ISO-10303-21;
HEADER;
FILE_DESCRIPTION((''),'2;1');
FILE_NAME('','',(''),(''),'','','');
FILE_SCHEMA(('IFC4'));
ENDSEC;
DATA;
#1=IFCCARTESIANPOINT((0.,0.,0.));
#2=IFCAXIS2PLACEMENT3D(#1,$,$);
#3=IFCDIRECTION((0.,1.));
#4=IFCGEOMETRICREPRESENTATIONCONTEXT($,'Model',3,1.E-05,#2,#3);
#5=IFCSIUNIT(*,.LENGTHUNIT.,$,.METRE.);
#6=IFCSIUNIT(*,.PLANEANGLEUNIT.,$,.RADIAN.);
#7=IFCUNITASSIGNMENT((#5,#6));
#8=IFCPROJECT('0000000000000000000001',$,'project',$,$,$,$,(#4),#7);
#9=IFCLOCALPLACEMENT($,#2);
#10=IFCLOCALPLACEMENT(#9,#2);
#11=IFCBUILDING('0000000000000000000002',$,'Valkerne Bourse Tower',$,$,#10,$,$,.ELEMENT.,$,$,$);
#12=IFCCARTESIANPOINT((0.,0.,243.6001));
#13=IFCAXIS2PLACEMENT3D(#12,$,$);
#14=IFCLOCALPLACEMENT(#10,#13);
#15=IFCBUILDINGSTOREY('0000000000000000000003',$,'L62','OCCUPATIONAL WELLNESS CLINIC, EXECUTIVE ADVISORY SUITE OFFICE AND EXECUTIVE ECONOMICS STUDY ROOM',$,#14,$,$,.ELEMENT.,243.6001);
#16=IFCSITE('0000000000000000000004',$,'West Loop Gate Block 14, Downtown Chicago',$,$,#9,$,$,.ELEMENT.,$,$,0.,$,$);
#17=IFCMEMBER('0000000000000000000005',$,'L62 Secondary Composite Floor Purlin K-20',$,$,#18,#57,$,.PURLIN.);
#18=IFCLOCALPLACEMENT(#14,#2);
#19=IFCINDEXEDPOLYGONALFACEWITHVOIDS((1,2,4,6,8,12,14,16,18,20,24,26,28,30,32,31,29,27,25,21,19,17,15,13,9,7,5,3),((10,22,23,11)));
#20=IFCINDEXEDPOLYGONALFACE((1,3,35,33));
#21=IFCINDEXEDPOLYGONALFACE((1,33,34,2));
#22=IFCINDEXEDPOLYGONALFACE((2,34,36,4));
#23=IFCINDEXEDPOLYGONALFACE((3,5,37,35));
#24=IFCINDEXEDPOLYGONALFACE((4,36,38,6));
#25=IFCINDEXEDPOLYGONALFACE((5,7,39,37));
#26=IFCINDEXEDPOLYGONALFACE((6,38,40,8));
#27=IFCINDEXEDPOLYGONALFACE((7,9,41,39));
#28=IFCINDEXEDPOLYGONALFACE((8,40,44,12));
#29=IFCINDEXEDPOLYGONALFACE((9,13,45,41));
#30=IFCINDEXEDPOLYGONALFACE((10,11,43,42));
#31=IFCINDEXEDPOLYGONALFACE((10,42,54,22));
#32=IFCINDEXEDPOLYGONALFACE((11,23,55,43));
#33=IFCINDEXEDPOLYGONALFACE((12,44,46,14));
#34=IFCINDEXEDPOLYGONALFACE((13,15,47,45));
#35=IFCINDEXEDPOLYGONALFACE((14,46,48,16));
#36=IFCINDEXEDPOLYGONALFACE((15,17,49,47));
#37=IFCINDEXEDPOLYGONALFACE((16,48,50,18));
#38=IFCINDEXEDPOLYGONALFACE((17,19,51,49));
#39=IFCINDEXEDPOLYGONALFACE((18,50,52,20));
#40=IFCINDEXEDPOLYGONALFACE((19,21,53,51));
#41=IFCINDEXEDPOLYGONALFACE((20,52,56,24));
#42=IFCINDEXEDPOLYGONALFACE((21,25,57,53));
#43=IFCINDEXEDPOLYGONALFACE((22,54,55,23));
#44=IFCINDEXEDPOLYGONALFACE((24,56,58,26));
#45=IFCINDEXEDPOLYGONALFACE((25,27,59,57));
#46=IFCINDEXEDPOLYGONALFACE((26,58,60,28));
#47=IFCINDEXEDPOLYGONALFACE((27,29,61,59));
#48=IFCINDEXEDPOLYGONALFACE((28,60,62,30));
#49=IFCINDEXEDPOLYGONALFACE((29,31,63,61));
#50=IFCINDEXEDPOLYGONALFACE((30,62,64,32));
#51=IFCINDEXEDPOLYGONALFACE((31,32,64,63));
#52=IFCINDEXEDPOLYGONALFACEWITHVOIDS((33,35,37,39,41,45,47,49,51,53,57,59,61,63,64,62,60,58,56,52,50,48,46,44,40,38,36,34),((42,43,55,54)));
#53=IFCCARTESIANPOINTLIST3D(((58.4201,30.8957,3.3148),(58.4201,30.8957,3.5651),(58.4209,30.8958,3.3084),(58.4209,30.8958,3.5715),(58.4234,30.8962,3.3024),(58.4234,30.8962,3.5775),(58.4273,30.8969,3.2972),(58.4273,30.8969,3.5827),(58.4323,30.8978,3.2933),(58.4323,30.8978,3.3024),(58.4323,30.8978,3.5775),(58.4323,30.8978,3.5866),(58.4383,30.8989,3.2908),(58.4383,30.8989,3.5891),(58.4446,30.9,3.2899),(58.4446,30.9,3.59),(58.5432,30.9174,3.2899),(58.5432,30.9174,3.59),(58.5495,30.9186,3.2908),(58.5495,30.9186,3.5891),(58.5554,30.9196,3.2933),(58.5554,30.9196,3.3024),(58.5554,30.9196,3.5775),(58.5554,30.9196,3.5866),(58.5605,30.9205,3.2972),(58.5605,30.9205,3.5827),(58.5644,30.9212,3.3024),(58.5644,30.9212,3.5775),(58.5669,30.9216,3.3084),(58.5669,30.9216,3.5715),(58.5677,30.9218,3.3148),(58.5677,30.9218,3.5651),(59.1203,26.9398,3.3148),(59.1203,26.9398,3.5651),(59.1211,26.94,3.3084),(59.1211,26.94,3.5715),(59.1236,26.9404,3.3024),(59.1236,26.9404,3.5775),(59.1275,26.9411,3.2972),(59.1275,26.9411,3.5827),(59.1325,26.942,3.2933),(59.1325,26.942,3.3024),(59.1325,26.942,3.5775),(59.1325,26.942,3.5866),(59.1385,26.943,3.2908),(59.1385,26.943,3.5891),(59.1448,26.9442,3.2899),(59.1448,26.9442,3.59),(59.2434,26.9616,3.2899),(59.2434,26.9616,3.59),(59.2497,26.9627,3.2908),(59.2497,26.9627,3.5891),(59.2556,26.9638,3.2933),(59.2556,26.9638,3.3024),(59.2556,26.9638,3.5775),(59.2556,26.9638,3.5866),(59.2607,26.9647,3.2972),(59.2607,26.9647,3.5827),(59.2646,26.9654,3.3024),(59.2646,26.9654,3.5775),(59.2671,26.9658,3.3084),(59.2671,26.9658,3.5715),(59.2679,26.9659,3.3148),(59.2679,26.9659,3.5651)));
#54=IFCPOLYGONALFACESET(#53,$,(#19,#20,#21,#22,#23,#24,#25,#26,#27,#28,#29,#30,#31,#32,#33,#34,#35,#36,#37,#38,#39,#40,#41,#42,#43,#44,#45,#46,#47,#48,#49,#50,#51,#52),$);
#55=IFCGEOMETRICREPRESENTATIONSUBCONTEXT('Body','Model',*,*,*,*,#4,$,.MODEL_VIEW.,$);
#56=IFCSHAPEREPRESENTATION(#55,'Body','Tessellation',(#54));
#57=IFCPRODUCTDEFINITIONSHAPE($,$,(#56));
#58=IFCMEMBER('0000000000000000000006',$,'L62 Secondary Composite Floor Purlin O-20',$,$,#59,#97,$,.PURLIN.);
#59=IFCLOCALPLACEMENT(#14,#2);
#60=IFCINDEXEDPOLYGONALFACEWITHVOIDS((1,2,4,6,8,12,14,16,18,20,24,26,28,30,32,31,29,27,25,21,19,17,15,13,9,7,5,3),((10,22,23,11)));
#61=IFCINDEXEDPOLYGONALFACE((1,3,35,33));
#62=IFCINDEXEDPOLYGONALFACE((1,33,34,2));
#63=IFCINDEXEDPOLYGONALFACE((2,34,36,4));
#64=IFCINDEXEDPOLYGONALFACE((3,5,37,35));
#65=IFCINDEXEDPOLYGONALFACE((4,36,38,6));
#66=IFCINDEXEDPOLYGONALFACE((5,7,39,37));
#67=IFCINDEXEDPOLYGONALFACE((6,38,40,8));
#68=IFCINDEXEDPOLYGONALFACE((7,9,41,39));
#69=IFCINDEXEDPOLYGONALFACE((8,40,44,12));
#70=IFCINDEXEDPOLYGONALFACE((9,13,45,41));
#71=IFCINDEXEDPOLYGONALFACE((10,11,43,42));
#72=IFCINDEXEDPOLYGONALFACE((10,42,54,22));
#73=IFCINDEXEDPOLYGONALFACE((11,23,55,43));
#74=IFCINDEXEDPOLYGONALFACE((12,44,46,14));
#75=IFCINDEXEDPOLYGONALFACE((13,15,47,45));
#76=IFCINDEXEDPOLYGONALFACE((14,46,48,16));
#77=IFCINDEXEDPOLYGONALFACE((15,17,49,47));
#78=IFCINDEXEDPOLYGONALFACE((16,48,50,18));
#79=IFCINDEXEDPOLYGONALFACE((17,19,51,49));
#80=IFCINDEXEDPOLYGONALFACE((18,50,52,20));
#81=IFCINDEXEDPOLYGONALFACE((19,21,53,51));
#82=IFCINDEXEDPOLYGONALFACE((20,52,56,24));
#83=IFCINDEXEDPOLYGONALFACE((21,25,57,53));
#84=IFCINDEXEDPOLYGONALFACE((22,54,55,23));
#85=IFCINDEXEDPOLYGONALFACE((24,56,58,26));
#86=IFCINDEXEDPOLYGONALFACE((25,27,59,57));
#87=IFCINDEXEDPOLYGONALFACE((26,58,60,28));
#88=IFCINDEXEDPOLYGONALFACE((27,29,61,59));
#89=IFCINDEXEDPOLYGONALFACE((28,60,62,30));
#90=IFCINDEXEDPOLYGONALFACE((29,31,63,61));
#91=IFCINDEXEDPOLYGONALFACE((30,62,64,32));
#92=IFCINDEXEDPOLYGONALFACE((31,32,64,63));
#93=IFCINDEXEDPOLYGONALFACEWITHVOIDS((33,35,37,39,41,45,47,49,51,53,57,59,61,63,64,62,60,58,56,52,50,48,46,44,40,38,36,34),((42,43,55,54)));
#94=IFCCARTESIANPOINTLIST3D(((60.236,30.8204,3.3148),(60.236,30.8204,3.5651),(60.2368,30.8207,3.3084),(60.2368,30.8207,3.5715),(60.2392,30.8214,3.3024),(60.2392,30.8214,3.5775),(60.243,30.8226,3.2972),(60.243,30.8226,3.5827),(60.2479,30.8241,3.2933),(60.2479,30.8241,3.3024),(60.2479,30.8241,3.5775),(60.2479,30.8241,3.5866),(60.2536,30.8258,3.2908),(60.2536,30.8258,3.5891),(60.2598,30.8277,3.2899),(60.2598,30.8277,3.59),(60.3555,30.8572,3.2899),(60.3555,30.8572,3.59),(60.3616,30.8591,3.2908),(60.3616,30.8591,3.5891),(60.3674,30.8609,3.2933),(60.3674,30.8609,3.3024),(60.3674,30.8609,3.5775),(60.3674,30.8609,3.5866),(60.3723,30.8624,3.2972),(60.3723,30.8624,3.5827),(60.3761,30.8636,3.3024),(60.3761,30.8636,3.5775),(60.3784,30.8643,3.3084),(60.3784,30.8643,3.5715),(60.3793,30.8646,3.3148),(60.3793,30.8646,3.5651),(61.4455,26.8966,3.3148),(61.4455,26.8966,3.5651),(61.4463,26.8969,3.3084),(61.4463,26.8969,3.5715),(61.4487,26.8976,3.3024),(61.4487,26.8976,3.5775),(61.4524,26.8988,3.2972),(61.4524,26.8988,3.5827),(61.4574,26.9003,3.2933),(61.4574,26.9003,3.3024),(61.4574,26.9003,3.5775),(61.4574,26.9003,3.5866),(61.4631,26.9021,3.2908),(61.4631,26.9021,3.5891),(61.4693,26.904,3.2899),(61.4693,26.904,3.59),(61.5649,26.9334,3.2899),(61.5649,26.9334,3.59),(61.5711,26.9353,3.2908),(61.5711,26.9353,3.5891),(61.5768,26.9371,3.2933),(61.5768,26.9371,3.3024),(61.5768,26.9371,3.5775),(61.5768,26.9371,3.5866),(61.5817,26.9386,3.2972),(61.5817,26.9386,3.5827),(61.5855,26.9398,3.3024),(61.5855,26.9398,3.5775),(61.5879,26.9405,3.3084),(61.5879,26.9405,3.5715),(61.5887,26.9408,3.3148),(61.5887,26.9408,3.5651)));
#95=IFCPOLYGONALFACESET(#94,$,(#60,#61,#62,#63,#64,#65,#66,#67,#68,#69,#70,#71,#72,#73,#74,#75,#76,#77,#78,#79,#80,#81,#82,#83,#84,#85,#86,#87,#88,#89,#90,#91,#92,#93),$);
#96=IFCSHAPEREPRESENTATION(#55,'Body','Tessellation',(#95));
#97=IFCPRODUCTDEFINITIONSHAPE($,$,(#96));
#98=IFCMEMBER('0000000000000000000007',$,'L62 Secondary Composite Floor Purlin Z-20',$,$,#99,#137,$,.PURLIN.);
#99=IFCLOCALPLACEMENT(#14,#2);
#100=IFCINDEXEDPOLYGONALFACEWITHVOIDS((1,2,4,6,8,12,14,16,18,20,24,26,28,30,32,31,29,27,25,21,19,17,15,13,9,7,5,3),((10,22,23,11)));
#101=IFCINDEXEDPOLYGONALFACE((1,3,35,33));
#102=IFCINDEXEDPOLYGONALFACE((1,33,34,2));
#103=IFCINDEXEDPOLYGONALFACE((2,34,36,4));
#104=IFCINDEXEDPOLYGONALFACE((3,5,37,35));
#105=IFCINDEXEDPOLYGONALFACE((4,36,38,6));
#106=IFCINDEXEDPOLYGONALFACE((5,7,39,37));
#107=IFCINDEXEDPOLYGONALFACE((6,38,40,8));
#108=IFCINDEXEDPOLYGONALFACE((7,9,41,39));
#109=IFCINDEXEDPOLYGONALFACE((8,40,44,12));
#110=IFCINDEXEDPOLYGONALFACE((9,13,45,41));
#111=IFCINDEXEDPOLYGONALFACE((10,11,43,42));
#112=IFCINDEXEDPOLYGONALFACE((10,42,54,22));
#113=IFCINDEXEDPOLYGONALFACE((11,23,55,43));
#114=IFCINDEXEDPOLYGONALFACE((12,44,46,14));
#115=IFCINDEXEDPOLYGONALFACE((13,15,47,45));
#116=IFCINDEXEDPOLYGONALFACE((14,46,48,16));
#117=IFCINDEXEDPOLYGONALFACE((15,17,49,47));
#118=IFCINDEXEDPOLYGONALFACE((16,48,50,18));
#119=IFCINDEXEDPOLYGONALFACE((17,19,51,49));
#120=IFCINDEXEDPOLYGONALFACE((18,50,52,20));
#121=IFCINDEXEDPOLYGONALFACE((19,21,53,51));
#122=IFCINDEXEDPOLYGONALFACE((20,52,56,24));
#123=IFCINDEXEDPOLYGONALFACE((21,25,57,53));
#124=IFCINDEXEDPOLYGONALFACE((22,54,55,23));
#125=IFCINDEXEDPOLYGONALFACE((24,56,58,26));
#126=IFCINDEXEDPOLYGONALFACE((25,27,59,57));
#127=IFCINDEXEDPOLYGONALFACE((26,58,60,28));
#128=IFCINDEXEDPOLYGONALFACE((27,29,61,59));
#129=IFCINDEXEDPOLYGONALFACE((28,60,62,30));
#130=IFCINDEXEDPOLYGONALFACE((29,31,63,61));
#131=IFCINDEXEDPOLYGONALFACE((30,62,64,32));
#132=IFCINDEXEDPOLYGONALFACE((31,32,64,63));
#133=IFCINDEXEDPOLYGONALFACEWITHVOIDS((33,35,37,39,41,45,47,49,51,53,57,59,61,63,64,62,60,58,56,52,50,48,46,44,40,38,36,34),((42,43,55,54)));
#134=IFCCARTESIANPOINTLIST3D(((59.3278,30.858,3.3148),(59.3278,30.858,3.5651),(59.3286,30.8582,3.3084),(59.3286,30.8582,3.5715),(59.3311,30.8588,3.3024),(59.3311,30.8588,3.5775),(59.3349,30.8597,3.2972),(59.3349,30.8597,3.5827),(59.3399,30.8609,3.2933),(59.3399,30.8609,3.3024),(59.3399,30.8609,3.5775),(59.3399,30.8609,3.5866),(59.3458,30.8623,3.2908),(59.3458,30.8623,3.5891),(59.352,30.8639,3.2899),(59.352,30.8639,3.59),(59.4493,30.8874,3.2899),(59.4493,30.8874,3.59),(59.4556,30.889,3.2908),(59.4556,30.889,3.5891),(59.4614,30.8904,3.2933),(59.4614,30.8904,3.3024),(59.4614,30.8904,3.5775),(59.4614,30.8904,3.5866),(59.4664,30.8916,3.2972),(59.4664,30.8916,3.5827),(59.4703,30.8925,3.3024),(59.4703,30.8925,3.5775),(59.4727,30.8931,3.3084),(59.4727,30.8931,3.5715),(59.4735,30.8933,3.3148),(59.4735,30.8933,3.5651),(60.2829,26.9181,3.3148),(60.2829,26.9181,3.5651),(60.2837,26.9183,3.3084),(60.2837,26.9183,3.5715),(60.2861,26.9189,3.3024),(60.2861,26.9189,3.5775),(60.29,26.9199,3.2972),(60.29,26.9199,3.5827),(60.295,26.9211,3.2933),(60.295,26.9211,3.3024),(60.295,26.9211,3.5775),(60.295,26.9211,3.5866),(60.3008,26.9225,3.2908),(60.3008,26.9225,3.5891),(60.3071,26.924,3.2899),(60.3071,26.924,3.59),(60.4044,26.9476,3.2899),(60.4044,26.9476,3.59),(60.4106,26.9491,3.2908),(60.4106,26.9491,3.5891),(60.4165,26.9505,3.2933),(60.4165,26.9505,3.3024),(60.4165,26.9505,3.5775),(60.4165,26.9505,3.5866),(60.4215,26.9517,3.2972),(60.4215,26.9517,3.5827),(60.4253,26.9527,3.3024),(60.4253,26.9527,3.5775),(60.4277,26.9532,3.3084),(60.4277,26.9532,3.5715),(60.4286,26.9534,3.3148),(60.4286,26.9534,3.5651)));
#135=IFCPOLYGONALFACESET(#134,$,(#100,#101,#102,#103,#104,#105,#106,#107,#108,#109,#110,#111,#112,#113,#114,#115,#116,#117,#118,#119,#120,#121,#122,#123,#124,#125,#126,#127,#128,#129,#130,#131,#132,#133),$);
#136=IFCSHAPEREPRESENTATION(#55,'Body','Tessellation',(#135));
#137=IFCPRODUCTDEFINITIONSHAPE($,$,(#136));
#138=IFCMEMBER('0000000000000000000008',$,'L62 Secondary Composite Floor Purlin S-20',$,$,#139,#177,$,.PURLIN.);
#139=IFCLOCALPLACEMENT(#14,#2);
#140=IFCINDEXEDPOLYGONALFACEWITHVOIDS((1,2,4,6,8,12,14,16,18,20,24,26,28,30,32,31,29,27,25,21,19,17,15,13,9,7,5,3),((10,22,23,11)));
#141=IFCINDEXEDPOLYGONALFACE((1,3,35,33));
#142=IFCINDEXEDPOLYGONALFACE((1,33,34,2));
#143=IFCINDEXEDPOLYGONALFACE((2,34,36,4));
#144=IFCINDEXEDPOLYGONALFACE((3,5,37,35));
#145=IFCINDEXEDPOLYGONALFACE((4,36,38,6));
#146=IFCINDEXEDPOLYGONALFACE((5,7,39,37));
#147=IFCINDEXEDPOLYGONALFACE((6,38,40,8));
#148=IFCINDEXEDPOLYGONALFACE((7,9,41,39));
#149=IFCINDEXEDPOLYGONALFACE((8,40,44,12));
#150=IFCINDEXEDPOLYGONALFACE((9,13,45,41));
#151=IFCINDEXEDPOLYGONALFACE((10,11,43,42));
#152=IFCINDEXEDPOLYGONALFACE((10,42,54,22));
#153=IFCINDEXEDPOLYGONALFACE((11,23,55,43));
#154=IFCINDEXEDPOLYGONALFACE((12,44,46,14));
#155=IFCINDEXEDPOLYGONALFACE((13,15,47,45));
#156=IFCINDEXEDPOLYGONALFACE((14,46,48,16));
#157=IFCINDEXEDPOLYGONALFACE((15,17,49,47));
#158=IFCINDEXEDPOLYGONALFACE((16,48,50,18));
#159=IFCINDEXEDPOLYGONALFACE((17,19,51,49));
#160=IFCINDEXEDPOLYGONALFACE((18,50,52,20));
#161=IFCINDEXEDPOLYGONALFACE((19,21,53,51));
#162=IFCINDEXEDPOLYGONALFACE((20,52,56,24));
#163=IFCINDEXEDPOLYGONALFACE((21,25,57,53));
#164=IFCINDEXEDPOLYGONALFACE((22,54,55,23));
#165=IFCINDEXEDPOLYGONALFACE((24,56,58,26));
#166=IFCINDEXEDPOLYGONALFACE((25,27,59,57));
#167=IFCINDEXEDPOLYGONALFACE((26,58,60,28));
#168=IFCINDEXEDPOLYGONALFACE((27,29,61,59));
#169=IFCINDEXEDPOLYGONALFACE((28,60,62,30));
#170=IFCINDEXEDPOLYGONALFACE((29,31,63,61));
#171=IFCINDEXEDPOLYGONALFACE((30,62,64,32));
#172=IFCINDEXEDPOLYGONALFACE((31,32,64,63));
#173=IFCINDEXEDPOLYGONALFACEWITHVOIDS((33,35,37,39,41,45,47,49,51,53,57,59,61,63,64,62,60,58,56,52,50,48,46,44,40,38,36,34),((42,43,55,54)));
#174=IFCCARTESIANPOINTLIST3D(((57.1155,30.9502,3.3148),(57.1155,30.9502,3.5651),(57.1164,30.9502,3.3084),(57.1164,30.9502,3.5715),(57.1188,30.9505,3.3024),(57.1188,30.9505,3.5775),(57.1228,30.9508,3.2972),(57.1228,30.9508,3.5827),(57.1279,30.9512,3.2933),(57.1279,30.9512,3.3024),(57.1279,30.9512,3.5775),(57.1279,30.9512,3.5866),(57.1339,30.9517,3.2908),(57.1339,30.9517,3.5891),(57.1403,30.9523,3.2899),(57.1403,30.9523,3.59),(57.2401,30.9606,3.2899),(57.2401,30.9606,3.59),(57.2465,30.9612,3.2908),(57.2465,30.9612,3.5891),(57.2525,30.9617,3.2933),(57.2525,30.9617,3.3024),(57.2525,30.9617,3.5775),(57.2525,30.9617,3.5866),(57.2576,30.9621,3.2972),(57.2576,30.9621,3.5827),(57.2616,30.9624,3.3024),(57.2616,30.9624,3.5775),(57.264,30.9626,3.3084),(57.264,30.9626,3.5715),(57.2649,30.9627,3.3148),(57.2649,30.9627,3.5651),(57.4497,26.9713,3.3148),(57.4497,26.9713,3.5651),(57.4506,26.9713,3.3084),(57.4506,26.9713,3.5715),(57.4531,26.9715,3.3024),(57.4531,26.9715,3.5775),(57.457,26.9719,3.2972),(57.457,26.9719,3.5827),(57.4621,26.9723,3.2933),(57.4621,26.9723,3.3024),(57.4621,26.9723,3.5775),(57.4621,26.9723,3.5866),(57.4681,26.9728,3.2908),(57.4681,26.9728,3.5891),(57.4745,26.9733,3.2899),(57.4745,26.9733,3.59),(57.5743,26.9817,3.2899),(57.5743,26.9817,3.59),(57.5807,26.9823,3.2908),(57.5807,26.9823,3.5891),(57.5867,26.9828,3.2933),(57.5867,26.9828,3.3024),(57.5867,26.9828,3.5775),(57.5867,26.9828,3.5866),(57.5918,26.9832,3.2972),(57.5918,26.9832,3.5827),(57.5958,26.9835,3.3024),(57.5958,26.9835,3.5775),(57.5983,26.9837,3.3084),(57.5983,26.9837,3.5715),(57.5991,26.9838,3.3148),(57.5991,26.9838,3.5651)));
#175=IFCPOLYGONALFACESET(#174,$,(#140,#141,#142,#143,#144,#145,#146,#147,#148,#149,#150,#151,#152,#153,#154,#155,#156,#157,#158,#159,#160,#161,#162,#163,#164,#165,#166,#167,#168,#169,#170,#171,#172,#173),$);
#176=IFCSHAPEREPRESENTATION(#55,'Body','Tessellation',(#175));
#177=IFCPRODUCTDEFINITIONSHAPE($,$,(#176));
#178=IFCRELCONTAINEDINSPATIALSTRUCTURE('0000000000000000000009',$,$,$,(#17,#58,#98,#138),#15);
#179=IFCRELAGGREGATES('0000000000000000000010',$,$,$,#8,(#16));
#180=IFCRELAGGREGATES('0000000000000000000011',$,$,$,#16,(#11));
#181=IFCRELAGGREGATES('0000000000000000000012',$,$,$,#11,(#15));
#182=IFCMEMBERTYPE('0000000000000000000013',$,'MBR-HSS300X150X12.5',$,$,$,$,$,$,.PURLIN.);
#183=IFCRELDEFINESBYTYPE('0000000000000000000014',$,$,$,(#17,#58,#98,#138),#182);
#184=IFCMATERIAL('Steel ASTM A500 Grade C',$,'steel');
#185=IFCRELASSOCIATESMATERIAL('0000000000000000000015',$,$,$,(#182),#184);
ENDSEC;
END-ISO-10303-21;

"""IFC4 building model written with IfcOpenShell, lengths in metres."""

from ifc_helpers import new_model, si_unit, direction, frame, origin, origin_2d, place, context, subcontext, project, spatial, hollow_rectangle, extrude, material, material_profile, profile_set, type_object, element, save


model = new_model("IFC4")

# Units and contexts
model_context = context("Model", 3, precision=1e-05, world=origin(), true_north=direction((0.0, 1.0)))
body_context = subcontext(model_context, "Body", "Model", "MODEL_VIEW")
ifc_project = project(units=[si_unit("LENGTHUNIT", "METRE"), si_unit("PLANEANGLEUNIT", "RADIAN")], contexts=[model_context])

# Site, building, storey
site_placement = place(None, origin())
site = spatial("IfcSite", under=ifc_project, at=site_placement, Name="West Loop Gate Block 14, Downtown Chicago", CompositionType="ELEMENT", RefElevation=0.0)
building_placement = place(site_placement, origin())
building = spatial("IfcBuilding", under=site, at=building_placement, Name="Valkerne Bourse Tower", CompositionType="ELEMENT")
storey_placement = place(building_placement, frame((0.0, 0.0, 243.6001)))
storey = spatial("IfcBuildingStorey", under=building, at=storey_placement, Name="L62", Description="OCCUPATIONAL WELLNESS CLINIC, EXECUTIVE ADVISORY SUITE OFFICE AND EXECUTIVE ECONOMICS STUDY ROOM", CompositionType="ELEMENT", Elevation=243.6001)

# Members
ifc_material_1 = material(Name="Steel ASTM A500 Grade C", Category="steel")
ifc_material_profile_1 = material_profile(ifc_material_1, hollow_rectangle(XDim=0.1499, YDim=0.3, WallThickness=0.0125, OuterFilletRadius=0.0249, at=origin_2d()), Name="HSS300X150X12.5")
ifc_profile_set_1 = profile_set([ifc_material_profile_1], Name="Steel ASTM A500 Grade C")
member_type_1 = type_object("IfcMemberType", Name="MBR-HSS300X150X12.5", PredefinedType="PURLIN", material=ifc_profile_set_1)
member_1_placement = place(storey_placement, frame((59.1941, 26.9529, 3.4399), z_axis=(-0.174295, 0.984693, 0.0), x_axis=(-0.984693, -0.174295, 0.0)))
element("IfcMember", 1, at=member_1_placement, inside=storey, type_object=member_type_1, Name="L62 Secondary Composite Floor Purlin K-20", PredefinedType="PURLIN", context=body_context, shape_type="SweptSolid", body=[
    extrude(hollow_rectangle(XDim=0.1499, YDim=0.3, WallThickness=0.0125, OuterFilletRadius=0.0249, at=origin_2d()), origin(), (0.0, 0.0, 1.0), 4.0173),
])
member_2_placement = place(storey_placement, frame((61.5171, 26.9187, 3.4399), z_axis=(-0.294562, 0.955632, 0.0), x_axis=(-0.955632, -0.294562, 0.0)))
element("IfcMember", 2, at=member_2_placement, inside=storey, type_object=member_type_1, Name="L62 Secondary Composite Floor Purlin O-20", PredefinedType="PURLIN", context=body_context, shape_type="SweptSolid", body=[
    extrude(hollow_rectangle(XDim=0.1499, YDim=0.3, WallThickness=0.0125, OuterFilletRadius=0.0249, at=origin_2d()), origin(), (0.0, 0.0, 1.0), 4.106),
])
member_3_placement = place(storey_placement, frame((60.3557, 26.9358, 3.4399), z_axis=(-0.235586, 0.971853, 0.0), x_axis=(-0.971853, -0.235586, 0.0)))
element("IfcMember", 3, at=member_3_placement, inside=storey, type_object=member_type_1, Name="L62 Secondary Composite Floor Purlin Z-20", PredefinedType="PURLIN", context=body_context, shape_type="SweptSolid", body=[
    extrude(hollow_rectangle(XDim=0.1499, YDim=0.3, WallThickness=0.0125, OuterFilletRadius=0.0249, at=origin_2d()), origin(), (0.0, 0.0, 1.0), 4.054),
])
member_4_placement = place(storey_placement, frame((57.5244, 26.9775, 3.4399), z_axis=(-0.083703, 0.996491, 0.0), x_axis=(-0.996491, -0.083703, 0.0)))
element("IfcMember", 4, at=member_4_placement, inside=storey, type_object=member_type_1, Name="L62 Secondary Composite Floor Purlin S-20", PredefinedType="PURLIN", context=body_context, shape_type="SweptSolid", body=[
    extrude(hollow_rectangle(XDim=0.1499, YDim=0.3, WallThickness=0.0125, OuterFilletRadius=0.0249, at=origin_2d()), origin(), (0.0, 0.0, 1.0), 3.9929),
])

save(model, "model.ifc")
